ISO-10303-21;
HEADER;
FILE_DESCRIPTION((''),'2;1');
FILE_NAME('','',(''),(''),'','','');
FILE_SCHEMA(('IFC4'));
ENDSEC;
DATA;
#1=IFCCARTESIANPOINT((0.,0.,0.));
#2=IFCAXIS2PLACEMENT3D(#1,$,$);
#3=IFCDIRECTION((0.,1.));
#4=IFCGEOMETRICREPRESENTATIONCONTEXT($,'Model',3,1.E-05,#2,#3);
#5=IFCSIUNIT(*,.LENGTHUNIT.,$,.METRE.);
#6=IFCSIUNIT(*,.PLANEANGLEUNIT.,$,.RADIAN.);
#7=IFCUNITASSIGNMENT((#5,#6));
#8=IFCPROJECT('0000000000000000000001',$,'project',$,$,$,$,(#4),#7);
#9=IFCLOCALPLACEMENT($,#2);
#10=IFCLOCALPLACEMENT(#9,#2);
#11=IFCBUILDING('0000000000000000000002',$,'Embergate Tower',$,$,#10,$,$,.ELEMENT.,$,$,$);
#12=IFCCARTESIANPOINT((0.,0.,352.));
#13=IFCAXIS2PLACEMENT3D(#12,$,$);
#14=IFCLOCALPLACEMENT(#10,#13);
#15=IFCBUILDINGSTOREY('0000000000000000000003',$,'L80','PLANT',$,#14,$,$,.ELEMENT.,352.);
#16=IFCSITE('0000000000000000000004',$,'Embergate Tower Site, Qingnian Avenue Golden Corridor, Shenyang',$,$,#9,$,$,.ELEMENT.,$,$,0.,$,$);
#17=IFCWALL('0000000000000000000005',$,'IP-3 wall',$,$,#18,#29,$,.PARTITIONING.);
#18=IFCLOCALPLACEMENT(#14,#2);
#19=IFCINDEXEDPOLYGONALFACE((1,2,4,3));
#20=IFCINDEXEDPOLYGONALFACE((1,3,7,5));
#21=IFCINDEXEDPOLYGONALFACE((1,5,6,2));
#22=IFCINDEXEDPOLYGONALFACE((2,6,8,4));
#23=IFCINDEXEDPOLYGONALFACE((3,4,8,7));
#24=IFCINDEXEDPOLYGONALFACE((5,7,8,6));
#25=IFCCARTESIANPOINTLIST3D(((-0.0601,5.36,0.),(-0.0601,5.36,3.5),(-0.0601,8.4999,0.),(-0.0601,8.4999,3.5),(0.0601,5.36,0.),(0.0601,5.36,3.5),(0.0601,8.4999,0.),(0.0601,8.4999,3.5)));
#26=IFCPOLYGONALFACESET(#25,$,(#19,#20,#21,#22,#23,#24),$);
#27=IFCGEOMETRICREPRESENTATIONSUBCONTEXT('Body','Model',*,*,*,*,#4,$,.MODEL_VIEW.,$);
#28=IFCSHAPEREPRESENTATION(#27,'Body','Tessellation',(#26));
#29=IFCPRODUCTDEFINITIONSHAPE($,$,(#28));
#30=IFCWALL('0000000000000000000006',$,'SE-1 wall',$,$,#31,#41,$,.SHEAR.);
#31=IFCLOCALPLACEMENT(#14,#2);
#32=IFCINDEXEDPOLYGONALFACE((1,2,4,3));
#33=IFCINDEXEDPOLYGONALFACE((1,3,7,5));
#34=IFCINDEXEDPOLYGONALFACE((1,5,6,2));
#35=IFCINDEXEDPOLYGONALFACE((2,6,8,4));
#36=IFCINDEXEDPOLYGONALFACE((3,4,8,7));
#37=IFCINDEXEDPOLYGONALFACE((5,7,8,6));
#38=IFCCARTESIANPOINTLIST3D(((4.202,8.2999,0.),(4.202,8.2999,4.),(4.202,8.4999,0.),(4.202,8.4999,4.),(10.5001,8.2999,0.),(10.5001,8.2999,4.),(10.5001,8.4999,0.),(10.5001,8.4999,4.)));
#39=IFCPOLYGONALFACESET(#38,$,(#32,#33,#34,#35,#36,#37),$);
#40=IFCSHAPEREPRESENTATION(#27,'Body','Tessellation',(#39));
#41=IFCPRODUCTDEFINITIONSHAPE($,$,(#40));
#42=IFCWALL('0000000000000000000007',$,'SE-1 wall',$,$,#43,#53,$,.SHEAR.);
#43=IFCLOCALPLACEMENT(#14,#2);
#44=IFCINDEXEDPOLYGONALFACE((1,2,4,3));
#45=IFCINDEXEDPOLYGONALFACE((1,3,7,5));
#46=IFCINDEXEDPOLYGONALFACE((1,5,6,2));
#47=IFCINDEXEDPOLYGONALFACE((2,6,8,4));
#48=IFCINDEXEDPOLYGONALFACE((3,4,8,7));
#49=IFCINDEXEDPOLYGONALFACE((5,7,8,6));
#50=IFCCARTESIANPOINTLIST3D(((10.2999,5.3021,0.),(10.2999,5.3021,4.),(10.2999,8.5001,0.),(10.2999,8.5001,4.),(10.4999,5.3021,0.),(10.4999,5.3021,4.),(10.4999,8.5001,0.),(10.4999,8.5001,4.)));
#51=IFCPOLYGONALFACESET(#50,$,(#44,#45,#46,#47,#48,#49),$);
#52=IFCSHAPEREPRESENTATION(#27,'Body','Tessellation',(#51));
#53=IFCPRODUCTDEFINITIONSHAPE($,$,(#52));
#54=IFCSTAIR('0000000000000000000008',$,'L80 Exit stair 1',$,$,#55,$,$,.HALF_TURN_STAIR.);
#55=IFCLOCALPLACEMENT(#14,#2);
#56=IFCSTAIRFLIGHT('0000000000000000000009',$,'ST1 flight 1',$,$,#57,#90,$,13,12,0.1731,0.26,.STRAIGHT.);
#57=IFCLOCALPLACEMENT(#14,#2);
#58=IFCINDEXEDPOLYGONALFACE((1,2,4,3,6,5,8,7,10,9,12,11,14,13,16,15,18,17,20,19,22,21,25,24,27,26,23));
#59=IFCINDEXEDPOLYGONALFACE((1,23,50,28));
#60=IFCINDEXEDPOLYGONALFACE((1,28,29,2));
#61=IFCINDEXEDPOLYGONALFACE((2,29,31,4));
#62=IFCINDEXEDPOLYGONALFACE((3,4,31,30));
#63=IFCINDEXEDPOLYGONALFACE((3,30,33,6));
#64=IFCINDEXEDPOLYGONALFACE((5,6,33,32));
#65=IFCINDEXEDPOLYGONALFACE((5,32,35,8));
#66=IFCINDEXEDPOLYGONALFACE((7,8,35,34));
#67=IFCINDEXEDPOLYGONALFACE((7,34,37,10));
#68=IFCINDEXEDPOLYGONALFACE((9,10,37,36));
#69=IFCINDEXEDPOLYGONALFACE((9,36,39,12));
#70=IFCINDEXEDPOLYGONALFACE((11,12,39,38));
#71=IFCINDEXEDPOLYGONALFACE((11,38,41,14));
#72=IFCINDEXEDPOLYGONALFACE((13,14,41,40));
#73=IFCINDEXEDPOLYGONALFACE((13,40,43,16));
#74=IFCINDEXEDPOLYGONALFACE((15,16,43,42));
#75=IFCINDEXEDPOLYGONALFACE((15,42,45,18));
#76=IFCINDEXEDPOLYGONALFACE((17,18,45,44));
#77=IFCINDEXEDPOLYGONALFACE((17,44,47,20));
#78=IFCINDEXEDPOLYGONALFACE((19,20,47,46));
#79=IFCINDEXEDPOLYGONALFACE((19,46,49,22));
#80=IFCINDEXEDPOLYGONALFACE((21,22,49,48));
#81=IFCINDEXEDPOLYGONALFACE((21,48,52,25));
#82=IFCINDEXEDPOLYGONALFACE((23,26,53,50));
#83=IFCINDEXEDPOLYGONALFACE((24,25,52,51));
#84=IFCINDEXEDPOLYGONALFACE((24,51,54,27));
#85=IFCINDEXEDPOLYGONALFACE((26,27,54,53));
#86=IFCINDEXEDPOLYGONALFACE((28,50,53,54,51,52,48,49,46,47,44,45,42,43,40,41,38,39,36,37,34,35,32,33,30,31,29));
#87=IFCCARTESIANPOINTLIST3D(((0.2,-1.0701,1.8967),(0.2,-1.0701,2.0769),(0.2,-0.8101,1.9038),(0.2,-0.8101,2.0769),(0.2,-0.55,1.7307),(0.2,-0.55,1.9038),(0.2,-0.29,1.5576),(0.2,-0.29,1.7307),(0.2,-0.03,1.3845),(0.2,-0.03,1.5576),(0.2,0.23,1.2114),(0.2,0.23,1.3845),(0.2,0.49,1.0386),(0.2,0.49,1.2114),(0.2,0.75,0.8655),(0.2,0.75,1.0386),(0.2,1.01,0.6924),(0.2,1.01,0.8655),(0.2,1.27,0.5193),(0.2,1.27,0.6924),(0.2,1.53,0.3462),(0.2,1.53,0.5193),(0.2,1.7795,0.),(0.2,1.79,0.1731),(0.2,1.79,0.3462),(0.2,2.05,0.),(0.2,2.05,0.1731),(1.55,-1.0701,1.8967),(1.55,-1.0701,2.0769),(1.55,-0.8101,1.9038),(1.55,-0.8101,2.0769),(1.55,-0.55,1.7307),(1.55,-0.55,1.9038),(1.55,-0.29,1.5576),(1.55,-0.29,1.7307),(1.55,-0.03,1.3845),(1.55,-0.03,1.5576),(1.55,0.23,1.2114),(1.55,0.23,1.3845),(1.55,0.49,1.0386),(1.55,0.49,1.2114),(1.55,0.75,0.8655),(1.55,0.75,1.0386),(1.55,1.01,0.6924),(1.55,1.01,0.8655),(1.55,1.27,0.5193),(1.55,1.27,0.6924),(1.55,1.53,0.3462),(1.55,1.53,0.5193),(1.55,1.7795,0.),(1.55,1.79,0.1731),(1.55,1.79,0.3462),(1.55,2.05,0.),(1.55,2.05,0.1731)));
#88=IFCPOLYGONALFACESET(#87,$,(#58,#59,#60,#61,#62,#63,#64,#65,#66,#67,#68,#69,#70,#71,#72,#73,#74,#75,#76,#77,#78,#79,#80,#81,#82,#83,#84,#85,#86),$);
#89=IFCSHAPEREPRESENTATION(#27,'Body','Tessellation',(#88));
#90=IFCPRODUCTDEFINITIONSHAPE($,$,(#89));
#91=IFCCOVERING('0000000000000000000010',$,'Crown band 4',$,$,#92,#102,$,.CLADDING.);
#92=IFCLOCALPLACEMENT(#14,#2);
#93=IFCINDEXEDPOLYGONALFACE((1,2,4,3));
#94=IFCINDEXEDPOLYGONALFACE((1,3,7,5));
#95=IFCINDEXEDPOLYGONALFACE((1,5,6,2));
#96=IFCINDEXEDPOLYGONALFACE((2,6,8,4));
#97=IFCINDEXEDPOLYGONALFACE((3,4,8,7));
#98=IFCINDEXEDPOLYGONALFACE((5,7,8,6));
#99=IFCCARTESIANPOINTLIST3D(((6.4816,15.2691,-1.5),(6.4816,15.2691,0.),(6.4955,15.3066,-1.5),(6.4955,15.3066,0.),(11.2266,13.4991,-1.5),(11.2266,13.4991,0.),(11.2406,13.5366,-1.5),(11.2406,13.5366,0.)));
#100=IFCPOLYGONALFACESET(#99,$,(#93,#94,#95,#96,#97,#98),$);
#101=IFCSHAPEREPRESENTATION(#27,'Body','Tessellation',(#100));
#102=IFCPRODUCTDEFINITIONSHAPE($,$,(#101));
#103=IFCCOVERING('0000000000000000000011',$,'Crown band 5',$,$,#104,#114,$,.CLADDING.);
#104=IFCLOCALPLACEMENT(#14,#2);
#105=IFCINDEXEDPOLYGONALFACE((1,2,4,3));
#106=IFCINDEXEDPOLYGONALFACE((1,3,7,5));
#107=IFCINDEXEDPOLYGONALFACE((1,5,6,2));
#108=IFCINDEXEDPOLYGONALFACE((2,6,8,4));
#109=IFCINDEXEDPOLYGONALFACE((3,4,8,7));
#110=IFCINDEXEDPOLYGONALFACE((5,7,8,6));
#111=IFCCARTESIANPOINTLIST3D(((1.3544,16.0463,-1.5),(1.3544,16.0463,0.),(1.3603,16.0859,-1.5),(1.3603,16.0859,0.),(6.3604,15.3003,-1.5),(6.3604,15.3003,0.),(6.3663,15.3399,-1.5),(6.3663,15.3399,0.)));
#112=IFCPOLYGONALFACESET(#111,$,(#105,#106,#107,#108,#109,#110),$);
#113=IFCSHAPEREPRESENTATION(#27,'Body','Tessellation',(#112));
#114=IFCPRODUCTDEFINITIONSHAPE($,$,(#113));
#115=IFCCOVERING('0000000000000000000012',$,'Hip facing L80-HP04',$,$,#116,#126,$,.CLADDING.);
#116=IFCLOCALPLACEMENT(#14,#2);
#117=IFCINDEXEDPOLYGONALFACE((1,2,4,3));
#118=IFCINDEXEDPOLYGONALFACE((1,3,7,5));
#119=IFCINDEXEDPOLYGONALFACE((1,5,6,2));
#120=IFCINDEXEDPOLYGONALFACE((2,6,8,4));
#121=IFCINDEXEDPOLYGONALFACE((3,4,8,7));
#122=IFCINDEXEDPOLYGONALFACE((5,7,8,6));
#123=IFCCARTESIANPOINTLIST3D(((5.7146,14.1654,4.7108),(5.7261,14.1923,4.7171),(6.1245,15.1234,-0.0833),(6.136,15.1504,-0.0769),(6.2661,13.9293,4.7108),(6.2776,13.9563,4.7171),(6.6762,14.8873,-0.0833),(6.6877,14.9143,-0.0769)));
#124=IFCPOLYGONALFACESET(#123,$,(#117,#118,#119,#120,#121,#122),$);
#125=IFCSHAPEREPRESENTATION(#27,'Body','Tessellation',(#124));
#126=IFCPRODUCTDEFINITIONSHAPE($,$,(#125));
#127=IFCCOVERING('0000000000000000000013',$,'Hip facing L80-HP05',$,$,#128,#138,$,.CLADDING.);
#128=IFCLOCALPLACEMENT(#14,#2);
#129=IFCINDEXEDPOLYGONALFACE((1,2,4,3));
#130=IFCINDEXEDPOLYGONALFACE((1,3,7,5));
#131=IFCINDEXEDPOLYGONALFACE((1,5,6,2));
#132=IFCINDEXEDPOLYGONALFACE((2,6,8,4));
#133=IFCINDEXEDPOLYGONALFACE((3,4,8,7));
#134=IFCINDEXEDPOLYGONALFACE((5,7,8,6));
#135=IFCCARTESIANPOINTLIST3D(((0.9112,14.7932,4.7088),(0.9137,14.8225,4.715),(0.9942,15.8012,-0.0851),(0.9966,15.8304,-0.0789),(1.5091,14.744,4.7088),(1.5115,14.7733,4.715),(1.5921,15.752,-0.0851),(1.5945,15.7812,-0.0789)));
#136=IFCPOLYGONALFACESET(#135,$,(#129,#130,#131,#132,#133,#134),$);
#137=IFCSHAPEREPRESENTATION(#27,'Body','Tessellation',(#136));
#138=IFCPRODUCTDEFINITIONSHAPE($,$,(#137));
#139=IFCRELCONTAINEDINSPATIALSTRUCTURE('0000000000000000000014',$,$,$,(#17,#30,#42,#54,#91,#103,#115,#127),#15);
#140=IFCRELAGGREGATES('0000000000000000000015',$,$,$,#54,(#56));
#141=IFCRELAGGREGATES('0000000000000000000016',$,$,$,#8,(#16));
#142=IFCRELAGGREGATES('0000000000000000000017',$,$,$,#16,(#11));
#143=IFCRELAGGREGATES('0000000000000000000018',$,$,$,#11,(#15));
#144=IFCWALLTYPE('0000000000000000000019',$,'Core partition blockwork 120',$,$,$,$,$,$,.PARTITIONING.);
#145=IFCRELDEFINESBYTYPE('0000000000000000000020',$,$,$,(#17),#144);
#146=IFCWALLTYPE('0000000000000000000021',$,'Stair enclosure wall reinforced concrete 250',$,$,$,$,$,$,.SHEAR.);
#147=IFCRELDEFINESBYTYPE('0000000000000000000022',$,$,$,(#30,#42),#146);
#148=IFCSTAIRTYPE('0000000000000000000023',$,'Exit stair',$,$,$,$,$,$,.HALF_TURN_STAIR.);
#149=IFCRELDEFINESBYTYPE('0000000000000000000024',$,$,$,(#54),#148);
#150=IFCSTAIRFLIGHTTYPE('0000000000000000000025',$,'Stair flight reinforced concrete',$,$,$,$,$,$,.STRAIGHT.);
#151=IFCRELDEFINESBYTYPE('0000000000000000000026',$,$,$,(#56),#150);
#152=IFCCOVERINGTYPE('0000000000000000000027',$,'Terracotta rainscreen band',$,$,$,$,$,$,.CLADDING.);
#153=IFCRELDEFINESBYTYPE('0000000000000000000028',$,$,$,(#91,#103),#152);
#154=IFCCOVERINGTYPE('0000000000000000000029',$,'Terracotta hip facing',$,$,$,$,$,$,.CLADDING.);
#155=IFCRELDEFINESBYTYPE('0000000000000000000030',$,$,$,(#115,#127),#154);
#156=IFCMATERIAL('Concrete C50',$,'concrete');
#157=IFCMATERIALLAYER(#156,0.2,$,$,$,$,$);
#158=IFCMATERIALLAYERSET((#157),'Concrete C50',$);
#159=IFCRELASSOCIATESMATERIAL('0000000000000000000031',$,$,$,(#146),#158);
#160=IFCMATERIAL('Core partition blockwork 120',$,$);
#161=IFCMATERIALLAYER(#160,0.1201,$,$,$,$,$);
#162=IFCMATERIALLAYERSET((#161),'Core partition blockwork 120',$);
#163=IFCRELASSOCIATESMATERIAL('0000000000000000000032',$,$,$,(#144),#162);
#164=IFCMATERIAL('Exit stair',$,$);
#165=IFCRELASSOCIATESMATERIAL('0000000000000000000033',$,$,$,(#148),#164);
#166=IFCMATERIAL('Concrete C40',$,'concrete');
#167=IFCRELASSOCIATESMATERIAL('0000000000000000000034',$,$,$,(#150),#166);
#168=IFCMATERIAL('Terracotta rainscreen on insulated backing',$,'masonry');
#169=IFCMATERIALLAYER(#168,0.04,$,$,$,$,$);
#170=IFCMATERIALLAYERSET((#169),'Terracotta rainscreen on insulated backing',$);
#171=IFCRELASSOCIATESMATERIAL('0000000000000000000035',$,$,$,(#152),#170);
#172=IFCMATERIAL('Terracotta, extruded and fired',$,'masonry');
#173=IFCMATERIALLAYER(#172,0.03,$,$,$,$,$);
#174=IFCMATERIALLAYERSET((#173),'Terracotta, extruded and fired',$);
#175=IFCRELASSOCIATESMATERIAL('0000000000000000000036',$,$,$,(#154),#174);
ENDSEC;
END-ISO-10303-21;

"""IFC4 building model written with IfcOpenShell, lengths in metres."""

from ifc_helpers import new_model, si_unit, direction, frame, frame_2d, origin, origin_2d, place, context, subcontext, project, spatial, polyline, rectangle, outline, extrude, source, transform, mapped, material, layer, layer_set, type_object, element, aggregate, save


model = new_model("IFC4")

# Units and contexts
model_context = context("Model", 3, precision=1e-05, world=origin(), true_north=direction((0.0, 1.0)))
body_context = subcontext(model_context, "Body", "Model", "MODEL_VIEW")
ifc_project = project(units=[si_unit("LENGTHUNIT", "METRE"), si_unit("PLANEANGLEUNIT", "RADIAN")], contexts=[model_context])

# Site, building, storey
site_placement = place(None, origin())
site = spatial("IfcSite", under=ifc_project, at=site_placement, Name="Embergate Tower Site, Qingnian Avenue Golden Corridor, Shenyang", CompositionType="ELEMENT", RefElevation=0.0)
building_placement = place(site_placement, origin())
building = spatial("IfcBuilding", under=site, at=building_placement, Name="Embergate Tower", CompositionType="ELEMENT")
storey_placement = place(building_placement, frame((0.0, 0.0, 352.0)))
storey = spatial("IfcBuildingStorey", under=building, at=storey_placement, Name="L80", Description="PLANT", CompositionType="ELEMENT", Elevation=352.0)

# Shared definitions
ifc_material_1 = material(Name="Concrete C50", Category="concrete")
ifc_layer_1 = layer(ifc_material_1, 0.2)
ifc_layer_set_1 = layer_set([ifc_layer_1], Name="Concrete C50")
wall_type_1 = type_object("IfcWallType", Name="Stair enclosure wall reinforced concrete 250", PredefinedType="SHEAR", material=ifc_layer_set_1)
ifc_material_2 = material(Name="Core partition blockwork 120")
ifc_layer_2 = layer(ifc_material_2, 0.1201)
ifc_layer_set_2 = layer_set([ifc_layer_2], Name="Core partition blockwork 120")
wall_type_2 = type_object("IfcWallType", Name="Core partition blockwork 120", PredefinedType="PARTITIONING", material=ifc_layer_set_2)

# Walls
shared_shape_1 = source(origin(), body_context, "Body", "SweptSolid", [
    extrude(rectangle(XDim=3.1399, YDim=0.1201, at=frame_2d((1.5698, 0.0))), origin(), (0.0, 0.0, 1.0), 3.5),
])
wall_1_placement = place(storey_placement, frame((0.0, 5.3601, 0.0), z_axis=(0.0, 0.0, 1.0), x_axis=(0.0, 1.0, 0.0)))
element("IfcWall", 1, at=wall_1_placement, inside=storey, type_object=wall_type_2, Name="IP-3 wall", PredefinedType="PARTITIONING", context=body_context, shape_type="MappedRepresentation", body=[
    mapped(shared_shape_1, transform((0.0, 0.0, 0.0))),
])
shared_shape_2 = source(origin(), body_context, "Body", "SweptSolid", [
    extrude(rectangle(XDim=6.2981, YDim=0.2, at=frame_2d((3.1489, 0.0))), origin(), (0.0, 0.0, 1.0), 4.0),
])
wall_2_placement = place(storey_placement, frame((10.5, 8.3999, 0.0), z_axis=(0.0, 0.0, 1.0), x_axis=(-1.0, 0.0, 0.0)))
element("IfcWall", 2, at=wall_2_placement, inside=storey, type_object=wall_type_1, Name="SE-1 wall", PredefinedType="SHEAR", context=body_context, shape_type="MappedRepresentation", body=[
    mapped(shared_shape_2, transform((0.0, 0.0, 0.0))),
])
shared_shape_3 = source(origin(), body_context, "Body", "SweptSolid", [
    extrude(rectangle(XDim=3.198, YDim=0.2, at=frame_2d((1.5991, 0.0))), origin(), (0.0, 0.0, 1.0), 4.0),
])
wall_3_placement = place(storey_placement, frame((10.3999, 5.302, 0.0), z_axis=(0.0, 0.0, 1.0), x_axis=(0.0, 1.0, 0.0)))
element("IfcWall", 3, at=wall_3_placement, inside=storey, type_object=wall_type_1, Name="SE-1 wall", PredefinedType="SHEAR", context=body_context, shape_type="MappedRepresentation", body=[
    mapped(shared_shape_3, transform((0.0, 0.0, 0.0))),
])

# Stair, stair flight
ifc_material_3 = material(Name="Exit stair")
stair_type = type_object("IfcStairType", Name="Exit stair", PredefinedType="HALF_TURN_STAIR", material=ifc_material_3)
stair_placement = place(storey_placement, origin())
stair = element("IfcStair", 4, at=stair_placement, inside=storey, type_object=stair_type, Name="L80 Exit stair 1", PredefinedType="HALF_TURN_STAIR")
ifc_material_4 = material(Name="Concrete C40", Category="concrete")
stair_flight_type = type_object("IfcStairFlightType", Name="Stair flight reinforced concrete", PredefinedType="STRAIGHT", material=ifc_material_4)
shared_shape_4 = source(origin(), body_context, "Body", "SweptSolid", [
    extrude(outline(polyline([(0.0, 0.0), (0.0, 0.1731), (0.26, 0.1731), (0.26, 0.3462), (0.52, 0.3462), (0.52, 0.5193), (0.78, 0.5193), (0.78, 0.6924), (1.04, 0.6924), (1.04, 0.8655), (1.3, 0.8655), (1.3, 1.0386), (1.5601, 1.0386), (1.5601, 1.2114), (1.8201, 1.2114), (1.8201, 1.3845), (2.0801, 1.3845), (2.0801, 1.5576), (2.3401, 1.5576), (2.3401, 1.7307), (2.6001, 1.7307), (2.6001, 1.9038), (2.8601, 1.9038), (2.8601, 2.0769), (3.1201, 2.0769), (3.1201, 2.25), (3.1201, 1.8967), (0.2705, 0.0), (0.0, 0.0)])), frame((0.0, 0.675, 0.0), z_axis=(0.0, -1.0, 0.0), x_axis=(1.0, 0.0, 0.0)), (0.0, 0.0, 1.0), 1.3501),
])
stair_flight_placement = place(storey_placement, frame((0.875, 2.05, 0.0), z_axis=(0.0, 0.0, 1.0), x_axis=(0.0, -1.0, 0.0)))
stair_flight = element("IfcStairFlight", 5, at=stair_flight_placement, type_object=stair_flight_type, Name="ST1 flight 1", NumberOfRisers=13, NumberOfTreads=12, PredefinedType="STRAIGHT", RiserHeight=0.1731, TreadLength=0.26, context=body_context, shape_type="MappedRepresentation", body=[
    mapped(shared_shape_4, transform((0.0, 0.0, 0.0))),
])
aggregate(stair, [stair_flight])

# Coverings
ifc_material_5 = material(Name="Terracotta rainscreen on insulated backing", Category="masonry")
ifc_layer_3 = layer(ifc_material_5, 0.04)
ifc_layer_set_3 = layer_set([ifc_layer_3], Name="Terracotta rainscreen on insulated backing")
covering_type_1 = type_object("IfcCoveringType", Name="Terracotta rainscreen band", PredefinedType="CLADDING", material=ifc_layer_set_3)
shared_shape_5 = source(origin(), body_context, "Body", "SweptSolid", [
    extrude(rectangle(XDim=5.0645, YDim=0.04, at=origin_2d()), origin(), (0.0, 0.0, 1.0), 1.5),
])
covering_1_placement = place(storey_placement, frame((8.8611, 14.4028, -1.5), z_axis=(0.0, 0.0, 1.0), x_axis=(-0.936937, 0.349499, 0.0)))
element("IfcCovering", 6, at=covering_1_placement, inside=storey, type_object=covering_type_1, Name="Crown band 4", PredefinedType="CLADDING", context=body_context, shape_type="MappedRepresentation", body=[
    mapped(shared_shape_5, transform((0.0, 0.0, 0.0))),
])
shared_shape_6 = source(origin(), body_context, "Body", "SweptSolid", [
    extrude(rectangle(XDim=5.0613, YDim=0.04, at=origin_2d()), origin(), (0.0, 0.0, 1.0), 1.5),
])
covering_2_placement = place(storey_placement, frame((3.8604, 15.6931, -1.5), z_axis=(0.0, 0.0, 1.0), x_axis=(-0.989078, 0.147393, 0.0)))
element("IfcCovering", 7, at=covering_2_placement, inside=storey, type_object=covering_type_1, Name="Crown band 5", PredefinedType="CLADDING", context=body_context, shape_type="MappedRepresentation", body=[
    mapped(shared_shape_6, transform((0.0, 0.0, 0.0))),
])
ifc_material_6 = material(Name="Terracotta, extruded and fired", Category="masonry")
ifc_layer_4 = layer(ifc_material_6, 0.03)
ifc_layer_set_4 = layer_set([ifc_layer_4], Name="Terracotta, extruded and fired")
covering_type_2 = type_object("IfcCoveringType", Name="Terracotta hip facing", PredefinedType="CLADDING", material=ifc_layer_set_4)
shared_shape_7 = source(origin(), body_context, "Body", "SweptSolid", [
    extrude(outline(polyline([(0.0, 0.0), (4.906, 0.0), (4.906, -0.5999), (0.0, -0.6001), (0.0, 0.0)])), origin(), (0.0, 0.0, -1.0), 0.03),
])
covering_3_placement = place(storey_placement, frame((6.6877, 14.9143, -0.0769), z_axis=(0.384474, 0.898366, 0.212411), x_axis=(-0.083601, -0.195268, 0.97718)))
element("IfcCovering", 8, at=covering_3_placement, inside=storey, type_object=covering_type_2, Name="Hip facing L80-HP04", PredefinedType="CLADDING", context=body_context, shape_type="MappedRepresentation", body=[
    mapped(shared_shape_7, transform((0.0, 0.0, 0.0))),
])
shared_shape_8 = source(origin(), body_context, "Body", "SweptSolid", [
    extrude(outline(polyline([(0.0, 0.0), (4.8994, 0.0), (4.8994, -0.5999), (0.0, -0.5999), (0.0, 0.0)])), origin(), (0.0, 0.0, -1.0), 0.03),
])
covering_4_placement = place(storey_placement, frame((1.5945, 15.7812, -0.0789), z_axis=(0.080235, 0.975168, 0.20642), x_axis=(-0.01694, -0.205724, 0.978463)))
element("IfcCovering", 9, at=covering_4_placement, inside=storey, type_object=covering_type_2, Name="Hip facing L80-HP05", PredefinedType="CLADDING", context=body_context, shape_type="MappedRepresentation", body=[
    mapped(shared_shape_8, transform((0.0, 0.0, 0.0))),
])

save(model, "model.ifc")
